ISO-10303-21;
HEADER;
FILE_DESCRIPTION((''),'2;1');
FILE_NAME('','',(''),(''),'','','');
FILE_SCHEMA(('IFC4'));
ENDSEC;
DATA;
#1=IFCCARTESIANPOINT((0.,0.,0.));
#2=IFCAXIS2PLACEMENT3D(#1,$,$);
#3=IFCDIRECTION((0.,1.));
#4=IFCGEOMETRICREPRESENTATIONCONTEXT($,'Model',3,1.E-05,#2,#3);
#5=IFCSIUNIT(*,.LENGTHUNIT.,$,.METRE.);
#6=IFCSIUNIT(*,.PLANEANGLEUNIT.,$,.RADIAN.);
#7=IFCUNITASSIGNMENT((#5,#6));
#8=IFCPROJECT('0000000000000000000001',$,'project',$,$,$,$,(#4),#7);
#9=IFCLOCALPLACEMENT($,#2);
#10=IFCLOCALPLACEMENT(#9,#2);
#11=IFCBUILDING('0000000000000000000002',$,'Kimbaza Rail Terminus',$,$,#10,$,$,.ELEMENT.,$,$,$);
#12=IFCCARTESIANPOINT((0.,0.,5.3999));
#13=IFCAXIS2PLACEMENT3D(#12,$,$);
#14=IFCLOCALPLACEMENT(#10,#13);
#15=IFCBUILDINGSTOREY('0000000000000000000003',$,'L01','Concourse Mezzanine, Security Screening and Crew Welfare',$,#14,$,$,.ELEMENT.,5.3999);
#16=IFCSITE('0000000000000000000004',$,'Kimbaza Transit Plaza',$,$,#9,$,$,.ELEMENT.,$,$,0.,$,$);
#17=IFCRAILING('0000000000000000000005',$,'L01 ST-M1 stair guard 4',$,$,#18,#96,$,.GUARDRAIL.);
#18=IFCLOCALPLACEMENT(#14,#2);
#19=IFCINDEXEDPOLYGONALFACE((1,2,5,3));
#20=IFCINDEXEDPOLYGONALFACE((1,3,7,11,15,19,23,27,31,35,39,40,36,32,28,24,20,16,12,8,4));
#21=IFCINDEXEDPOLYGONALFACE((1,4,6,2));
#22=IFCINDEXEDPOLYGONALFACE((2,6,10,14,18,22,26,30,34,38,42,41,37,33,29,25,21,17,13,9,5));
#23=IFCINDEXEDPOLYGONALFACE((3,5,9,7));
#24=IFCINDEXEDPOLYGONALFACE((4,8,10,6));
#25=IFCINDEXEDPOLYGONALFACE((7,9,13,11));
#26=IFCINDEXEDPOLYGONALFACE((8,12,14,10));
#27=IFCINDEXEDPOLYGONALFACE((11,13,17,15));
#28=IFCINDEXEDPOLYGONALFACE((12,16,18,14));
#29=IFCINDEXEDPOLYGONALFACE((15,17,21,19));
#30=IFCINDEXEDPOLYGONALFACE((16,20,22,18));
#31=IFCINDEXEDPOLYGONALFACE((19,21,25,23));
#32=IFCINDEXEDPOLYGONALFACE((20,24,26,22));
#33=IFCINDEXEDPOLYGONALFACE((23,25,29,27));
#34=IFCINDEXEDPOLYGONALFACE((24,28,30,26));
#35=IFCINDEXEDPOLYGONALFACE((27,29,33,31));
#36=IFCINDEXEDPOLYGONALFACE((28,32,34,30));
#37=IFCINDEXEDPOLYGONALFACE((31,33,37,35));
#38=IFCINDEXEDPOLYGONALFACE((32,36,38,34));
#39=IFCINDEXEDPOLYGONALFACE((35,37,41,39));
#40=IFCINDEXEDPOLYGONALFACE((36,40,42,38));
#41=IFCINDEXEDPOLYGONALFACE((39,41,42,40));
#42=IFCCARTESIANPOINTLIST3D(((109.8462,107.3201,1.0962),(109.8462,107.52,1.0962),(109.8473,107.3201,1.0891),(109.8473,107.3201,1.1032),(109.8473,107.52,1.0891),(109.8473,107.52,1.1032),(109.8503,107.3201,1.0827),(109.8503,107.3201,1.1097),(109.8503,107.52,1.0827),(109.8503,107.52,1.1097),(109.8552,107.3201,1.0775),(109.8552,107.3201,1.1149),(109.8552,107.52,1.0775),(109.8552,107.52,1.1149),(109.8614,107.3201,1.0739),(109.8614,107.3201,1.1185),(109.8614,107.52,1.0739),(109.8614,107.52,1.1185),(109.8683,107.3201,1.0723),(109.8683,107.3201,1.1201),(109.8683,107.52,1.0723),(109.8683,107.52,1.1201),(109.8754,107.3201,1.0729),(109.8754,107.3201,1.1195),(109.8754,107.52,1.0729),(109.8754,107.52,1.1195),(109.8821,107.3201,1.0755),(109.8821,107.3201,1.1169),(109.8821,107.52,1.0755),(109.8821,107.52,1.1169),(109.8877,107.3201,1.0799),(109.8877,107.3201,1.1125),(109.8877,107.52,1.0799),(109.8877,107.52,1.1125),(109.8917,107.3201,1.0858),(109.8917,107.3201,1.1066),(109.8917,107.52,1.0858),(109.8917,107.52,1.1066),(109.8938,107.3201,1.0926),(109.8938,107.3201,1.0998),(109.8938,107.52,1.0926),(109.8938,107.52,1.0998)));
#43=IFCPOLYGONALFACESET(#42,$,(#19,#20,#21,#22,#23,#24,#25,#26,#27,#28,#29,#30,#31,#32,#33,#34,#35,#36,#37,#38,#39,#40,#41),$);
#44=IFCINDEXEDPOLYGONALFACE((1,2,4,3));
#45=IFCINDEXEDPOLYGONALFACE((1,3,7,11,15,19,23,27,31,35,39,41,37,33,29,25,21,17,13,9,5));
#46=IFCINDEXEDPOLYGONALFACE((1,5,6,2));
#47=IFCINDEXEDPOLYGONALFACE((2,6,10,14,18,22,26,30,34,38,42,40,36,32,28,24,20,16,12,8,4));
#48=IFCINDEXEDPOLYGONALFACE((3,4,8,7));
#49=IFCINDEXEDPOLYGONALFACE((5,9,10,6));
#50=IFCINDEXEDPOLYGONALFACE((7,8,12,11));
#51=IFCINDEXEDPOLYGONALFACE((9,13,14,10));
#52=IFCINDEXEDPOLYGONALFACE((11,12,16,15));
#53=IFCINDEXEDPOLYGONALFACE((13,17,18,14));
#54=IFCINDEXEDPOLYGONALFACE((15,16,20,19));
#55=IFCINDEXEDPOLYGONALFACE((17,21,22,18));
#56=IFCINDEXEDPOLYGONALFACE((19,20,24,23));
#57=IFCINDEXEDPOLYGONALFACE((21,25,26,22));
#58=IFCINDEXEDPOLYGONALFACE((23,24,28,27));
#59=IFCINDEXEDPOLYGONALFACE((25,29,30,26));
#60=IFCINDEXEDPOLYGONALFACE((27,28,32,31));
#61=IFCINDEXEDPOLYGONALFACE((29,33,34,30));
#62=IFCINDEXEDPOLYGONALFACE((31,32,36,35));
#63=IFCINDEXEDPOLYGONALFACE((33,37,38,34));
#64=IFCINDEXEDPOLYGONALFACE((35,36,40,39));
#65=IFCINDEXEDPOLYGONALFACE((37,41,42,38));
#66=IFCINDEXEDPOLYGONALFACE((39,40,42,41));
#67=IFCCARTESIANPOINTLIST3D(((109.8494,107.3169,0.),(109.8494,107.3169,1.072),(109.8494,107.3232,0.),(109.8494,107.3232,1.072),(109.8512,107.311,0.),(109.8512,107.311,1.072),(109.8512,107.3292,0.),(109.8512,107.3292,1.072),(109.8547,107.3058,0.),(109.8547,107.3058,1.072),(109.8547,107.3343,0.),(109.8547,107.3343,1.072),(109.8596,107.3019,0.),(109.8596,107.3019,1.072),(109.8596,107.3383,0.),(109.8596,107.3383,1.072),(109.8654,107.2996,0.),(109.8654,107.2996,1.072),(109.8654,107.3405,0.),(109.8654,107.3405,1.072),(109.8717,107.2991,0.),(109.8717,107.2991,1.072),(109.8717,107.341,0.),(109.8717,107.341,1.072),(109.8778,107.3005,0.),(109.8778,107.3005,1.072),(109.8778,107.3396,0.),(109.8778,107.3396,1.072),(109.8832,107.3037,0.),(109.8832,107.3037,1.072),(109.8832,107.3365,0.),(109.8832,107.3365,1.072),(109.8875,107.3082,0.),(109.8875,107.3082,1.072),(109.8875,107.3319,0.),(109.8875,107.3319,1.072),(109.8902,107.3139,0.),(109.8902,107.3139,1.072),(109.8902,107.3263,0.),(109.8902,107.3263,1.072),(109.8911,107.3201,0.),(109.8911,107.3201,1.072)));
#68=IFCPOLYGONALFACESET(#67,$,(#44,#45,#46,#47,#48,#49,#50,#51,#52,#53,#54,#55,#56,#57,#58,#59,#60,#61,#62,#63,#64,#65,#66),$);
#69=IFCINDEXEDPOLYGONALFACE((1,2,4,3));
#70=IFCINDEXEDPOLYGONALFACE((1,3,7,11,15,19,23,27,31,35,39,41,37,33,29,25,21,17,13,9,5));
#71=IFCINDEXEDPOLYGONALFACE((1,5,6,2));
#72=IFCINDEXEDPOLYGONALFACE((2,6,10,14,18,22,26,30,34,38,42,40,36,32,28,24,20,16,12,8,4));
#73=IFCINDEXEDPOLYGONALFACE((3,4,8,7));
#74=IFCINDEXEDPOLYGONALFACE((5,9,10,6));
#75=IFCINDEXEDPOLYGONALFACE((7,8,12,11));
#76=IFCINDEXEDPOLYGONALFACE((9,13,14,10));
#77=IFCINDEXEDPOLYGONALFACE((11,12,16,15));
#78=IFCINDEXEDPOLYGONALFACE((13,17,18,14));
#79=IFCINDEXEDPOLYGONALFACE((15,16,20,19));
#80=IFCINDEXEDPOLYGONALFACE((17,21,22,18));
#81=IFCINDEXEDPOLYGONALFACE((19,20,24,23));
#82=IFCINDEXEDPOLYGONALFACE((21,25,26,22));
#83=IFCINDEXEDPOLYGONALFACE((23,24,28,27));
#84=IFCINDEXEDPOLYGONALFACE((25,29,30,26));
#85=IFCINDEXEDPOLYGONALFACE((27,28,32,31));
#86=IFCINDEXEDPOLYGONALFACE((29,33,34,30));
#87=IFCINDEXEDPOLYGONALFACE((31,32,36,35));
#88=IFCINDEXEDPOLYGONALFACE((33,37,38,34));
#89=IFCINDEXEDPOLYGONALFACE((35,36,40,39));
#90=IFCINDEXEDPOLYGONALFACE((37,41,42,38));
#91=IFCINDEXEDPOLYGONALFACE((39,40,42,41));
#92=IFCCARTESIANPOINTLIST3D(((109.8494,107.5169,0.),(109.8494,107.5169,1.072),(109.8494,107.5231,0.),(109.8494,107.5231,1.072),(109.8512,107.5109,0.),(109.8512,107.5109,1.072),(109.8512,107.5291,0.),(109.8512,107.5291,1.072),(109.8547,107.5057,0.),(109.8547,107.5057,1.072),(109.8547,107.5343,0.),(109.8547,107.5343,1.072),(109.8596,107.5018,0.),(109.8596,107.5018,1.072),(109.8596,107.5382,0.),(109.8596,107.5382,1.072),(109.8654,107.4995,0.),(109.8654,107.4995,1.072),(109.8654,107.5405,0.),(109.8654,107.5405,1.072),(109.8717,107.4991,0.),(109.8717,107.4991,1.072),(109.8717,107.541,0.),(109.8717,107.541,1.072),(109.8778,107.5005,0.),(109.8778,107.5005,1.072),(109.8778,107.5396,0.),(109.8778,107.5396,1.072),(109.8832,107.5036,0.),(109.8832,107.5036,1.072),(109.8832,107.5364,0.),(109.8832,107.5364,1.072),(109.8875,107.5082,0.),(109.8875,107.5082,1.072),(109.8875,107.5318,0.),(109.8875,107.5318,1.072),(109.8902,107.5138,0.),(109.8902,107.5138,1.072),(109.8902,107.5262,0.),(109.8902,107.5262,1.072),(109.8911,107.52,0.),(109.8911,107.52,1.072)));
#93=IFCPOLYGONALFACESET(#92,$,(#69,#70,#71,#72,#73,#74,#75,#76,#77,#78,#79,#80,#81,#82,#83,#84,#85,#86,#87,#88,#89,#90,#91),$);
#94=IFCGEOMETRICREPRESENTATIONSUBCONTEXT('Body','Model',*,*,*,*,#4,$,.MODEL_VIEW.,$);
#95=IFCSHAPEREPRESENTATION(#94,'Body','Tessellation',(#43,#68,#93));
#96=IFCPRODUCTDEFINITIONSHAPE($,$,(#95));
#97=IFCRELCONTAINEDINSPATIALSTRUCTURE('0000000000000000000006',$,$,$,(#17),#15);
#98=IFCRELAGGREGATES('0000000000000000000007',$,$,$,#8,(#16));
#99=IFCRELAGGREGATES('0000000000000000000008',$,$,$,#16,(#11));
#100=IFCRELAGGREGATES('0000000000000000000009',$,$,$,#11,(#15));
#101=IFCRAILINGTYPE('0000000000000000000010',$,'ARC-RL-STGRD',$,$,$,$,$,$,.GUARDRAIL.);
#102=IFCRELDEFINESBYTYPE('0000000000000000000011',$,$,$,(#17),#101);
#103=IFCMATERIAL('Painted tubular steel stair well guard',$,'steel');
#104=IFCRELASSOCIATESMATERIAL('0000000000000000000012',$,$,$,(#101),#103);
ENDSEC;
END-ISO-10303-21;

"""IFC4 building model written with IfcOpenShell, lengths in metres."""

from ifc_helpers import new_model, si_unit, direction, frame, origin, origin_2d, place, context, subcontext, project, spatial, circle, extrude, material, type_object, element, save


model = new_model("IFC4")

# Units and contexts
model_context = context("Model", 3, precision=1e-05, world=origin(), true_north=direction((0.0, 1.0)))
body_context = subcontext(model_context, "Body", "Model", "MODEL_VIEW")
ifc_project = project(units=[si_unit("LENGTHUNIT", "METRE"), si_unit("PLANEANGLEUNIT", "RADIAN")], contexts=[model_context])

# Site, building, storey
site_placement = place(None, origin())
site = spatial("IfcSite", under=ifc_project, at=site_placement, Name="Kimbaza Transit Plaza", CompositionType="ELEMENT", RefElevation=0.0)
building_placement = place(site_placement, origin())
building = spatial("IfcBuilding", under=site, at=building_placement, Name="Kimbaza Rail Terminus", CompositionType="ELEMENT")
storey_placement = place(building_placement, frame((0.0, 0.0, 5.3999)))
storey = spatial("IfcBuildingStorey", under=building, at=storey_placement, Name="L01", Description="Concourse Mezzanine, Security Screening and Crew Welfare", CompositionType="ELEMENT", Elevation=5.3999)

# Railing
ifc_material_1 = material(Name="Painted tubular steel stair well guard", Category="steel")
railing_type_1 = type_object("IfcRailingType", Name="ARC-RL-STGRD", PredefinedType="GUARDRAIL", material=ifc_material_1)
railing_1_placement = place(storey_placement, frame((109.8701, 107.3201, 0.0)))
element("IfcRailing", 1, at=railing_1_placement, inside=storey, type_object=railing_type_1, Name="L01 ST-M1 stair guard 4", PredefinedType="GUARDRAIL", context=body_context, shape_type="SweptSolid", body=[
    extrude(circle(Radius=0.0239, at=origin_2d()), frame((0.0, 0.0, 1.0962), z_axis=(0.0, 1.0, 0.0), x_axis=(-1.0, 0.0, 0.0)), (0.0, 0.0, 1.0), 0.2),
    extrude(circle(Radius=0.021, at=origin_2d()), origin(), (0.0, 0.0, 1.0), 1.072),
    extrude(circle(Radius=0.021, at=origin_2d()), frame((0.0, 0.2, 0.0)), (0.0, 0.0, 1.0), 1.072),
])

save(model, "model.ifc")
